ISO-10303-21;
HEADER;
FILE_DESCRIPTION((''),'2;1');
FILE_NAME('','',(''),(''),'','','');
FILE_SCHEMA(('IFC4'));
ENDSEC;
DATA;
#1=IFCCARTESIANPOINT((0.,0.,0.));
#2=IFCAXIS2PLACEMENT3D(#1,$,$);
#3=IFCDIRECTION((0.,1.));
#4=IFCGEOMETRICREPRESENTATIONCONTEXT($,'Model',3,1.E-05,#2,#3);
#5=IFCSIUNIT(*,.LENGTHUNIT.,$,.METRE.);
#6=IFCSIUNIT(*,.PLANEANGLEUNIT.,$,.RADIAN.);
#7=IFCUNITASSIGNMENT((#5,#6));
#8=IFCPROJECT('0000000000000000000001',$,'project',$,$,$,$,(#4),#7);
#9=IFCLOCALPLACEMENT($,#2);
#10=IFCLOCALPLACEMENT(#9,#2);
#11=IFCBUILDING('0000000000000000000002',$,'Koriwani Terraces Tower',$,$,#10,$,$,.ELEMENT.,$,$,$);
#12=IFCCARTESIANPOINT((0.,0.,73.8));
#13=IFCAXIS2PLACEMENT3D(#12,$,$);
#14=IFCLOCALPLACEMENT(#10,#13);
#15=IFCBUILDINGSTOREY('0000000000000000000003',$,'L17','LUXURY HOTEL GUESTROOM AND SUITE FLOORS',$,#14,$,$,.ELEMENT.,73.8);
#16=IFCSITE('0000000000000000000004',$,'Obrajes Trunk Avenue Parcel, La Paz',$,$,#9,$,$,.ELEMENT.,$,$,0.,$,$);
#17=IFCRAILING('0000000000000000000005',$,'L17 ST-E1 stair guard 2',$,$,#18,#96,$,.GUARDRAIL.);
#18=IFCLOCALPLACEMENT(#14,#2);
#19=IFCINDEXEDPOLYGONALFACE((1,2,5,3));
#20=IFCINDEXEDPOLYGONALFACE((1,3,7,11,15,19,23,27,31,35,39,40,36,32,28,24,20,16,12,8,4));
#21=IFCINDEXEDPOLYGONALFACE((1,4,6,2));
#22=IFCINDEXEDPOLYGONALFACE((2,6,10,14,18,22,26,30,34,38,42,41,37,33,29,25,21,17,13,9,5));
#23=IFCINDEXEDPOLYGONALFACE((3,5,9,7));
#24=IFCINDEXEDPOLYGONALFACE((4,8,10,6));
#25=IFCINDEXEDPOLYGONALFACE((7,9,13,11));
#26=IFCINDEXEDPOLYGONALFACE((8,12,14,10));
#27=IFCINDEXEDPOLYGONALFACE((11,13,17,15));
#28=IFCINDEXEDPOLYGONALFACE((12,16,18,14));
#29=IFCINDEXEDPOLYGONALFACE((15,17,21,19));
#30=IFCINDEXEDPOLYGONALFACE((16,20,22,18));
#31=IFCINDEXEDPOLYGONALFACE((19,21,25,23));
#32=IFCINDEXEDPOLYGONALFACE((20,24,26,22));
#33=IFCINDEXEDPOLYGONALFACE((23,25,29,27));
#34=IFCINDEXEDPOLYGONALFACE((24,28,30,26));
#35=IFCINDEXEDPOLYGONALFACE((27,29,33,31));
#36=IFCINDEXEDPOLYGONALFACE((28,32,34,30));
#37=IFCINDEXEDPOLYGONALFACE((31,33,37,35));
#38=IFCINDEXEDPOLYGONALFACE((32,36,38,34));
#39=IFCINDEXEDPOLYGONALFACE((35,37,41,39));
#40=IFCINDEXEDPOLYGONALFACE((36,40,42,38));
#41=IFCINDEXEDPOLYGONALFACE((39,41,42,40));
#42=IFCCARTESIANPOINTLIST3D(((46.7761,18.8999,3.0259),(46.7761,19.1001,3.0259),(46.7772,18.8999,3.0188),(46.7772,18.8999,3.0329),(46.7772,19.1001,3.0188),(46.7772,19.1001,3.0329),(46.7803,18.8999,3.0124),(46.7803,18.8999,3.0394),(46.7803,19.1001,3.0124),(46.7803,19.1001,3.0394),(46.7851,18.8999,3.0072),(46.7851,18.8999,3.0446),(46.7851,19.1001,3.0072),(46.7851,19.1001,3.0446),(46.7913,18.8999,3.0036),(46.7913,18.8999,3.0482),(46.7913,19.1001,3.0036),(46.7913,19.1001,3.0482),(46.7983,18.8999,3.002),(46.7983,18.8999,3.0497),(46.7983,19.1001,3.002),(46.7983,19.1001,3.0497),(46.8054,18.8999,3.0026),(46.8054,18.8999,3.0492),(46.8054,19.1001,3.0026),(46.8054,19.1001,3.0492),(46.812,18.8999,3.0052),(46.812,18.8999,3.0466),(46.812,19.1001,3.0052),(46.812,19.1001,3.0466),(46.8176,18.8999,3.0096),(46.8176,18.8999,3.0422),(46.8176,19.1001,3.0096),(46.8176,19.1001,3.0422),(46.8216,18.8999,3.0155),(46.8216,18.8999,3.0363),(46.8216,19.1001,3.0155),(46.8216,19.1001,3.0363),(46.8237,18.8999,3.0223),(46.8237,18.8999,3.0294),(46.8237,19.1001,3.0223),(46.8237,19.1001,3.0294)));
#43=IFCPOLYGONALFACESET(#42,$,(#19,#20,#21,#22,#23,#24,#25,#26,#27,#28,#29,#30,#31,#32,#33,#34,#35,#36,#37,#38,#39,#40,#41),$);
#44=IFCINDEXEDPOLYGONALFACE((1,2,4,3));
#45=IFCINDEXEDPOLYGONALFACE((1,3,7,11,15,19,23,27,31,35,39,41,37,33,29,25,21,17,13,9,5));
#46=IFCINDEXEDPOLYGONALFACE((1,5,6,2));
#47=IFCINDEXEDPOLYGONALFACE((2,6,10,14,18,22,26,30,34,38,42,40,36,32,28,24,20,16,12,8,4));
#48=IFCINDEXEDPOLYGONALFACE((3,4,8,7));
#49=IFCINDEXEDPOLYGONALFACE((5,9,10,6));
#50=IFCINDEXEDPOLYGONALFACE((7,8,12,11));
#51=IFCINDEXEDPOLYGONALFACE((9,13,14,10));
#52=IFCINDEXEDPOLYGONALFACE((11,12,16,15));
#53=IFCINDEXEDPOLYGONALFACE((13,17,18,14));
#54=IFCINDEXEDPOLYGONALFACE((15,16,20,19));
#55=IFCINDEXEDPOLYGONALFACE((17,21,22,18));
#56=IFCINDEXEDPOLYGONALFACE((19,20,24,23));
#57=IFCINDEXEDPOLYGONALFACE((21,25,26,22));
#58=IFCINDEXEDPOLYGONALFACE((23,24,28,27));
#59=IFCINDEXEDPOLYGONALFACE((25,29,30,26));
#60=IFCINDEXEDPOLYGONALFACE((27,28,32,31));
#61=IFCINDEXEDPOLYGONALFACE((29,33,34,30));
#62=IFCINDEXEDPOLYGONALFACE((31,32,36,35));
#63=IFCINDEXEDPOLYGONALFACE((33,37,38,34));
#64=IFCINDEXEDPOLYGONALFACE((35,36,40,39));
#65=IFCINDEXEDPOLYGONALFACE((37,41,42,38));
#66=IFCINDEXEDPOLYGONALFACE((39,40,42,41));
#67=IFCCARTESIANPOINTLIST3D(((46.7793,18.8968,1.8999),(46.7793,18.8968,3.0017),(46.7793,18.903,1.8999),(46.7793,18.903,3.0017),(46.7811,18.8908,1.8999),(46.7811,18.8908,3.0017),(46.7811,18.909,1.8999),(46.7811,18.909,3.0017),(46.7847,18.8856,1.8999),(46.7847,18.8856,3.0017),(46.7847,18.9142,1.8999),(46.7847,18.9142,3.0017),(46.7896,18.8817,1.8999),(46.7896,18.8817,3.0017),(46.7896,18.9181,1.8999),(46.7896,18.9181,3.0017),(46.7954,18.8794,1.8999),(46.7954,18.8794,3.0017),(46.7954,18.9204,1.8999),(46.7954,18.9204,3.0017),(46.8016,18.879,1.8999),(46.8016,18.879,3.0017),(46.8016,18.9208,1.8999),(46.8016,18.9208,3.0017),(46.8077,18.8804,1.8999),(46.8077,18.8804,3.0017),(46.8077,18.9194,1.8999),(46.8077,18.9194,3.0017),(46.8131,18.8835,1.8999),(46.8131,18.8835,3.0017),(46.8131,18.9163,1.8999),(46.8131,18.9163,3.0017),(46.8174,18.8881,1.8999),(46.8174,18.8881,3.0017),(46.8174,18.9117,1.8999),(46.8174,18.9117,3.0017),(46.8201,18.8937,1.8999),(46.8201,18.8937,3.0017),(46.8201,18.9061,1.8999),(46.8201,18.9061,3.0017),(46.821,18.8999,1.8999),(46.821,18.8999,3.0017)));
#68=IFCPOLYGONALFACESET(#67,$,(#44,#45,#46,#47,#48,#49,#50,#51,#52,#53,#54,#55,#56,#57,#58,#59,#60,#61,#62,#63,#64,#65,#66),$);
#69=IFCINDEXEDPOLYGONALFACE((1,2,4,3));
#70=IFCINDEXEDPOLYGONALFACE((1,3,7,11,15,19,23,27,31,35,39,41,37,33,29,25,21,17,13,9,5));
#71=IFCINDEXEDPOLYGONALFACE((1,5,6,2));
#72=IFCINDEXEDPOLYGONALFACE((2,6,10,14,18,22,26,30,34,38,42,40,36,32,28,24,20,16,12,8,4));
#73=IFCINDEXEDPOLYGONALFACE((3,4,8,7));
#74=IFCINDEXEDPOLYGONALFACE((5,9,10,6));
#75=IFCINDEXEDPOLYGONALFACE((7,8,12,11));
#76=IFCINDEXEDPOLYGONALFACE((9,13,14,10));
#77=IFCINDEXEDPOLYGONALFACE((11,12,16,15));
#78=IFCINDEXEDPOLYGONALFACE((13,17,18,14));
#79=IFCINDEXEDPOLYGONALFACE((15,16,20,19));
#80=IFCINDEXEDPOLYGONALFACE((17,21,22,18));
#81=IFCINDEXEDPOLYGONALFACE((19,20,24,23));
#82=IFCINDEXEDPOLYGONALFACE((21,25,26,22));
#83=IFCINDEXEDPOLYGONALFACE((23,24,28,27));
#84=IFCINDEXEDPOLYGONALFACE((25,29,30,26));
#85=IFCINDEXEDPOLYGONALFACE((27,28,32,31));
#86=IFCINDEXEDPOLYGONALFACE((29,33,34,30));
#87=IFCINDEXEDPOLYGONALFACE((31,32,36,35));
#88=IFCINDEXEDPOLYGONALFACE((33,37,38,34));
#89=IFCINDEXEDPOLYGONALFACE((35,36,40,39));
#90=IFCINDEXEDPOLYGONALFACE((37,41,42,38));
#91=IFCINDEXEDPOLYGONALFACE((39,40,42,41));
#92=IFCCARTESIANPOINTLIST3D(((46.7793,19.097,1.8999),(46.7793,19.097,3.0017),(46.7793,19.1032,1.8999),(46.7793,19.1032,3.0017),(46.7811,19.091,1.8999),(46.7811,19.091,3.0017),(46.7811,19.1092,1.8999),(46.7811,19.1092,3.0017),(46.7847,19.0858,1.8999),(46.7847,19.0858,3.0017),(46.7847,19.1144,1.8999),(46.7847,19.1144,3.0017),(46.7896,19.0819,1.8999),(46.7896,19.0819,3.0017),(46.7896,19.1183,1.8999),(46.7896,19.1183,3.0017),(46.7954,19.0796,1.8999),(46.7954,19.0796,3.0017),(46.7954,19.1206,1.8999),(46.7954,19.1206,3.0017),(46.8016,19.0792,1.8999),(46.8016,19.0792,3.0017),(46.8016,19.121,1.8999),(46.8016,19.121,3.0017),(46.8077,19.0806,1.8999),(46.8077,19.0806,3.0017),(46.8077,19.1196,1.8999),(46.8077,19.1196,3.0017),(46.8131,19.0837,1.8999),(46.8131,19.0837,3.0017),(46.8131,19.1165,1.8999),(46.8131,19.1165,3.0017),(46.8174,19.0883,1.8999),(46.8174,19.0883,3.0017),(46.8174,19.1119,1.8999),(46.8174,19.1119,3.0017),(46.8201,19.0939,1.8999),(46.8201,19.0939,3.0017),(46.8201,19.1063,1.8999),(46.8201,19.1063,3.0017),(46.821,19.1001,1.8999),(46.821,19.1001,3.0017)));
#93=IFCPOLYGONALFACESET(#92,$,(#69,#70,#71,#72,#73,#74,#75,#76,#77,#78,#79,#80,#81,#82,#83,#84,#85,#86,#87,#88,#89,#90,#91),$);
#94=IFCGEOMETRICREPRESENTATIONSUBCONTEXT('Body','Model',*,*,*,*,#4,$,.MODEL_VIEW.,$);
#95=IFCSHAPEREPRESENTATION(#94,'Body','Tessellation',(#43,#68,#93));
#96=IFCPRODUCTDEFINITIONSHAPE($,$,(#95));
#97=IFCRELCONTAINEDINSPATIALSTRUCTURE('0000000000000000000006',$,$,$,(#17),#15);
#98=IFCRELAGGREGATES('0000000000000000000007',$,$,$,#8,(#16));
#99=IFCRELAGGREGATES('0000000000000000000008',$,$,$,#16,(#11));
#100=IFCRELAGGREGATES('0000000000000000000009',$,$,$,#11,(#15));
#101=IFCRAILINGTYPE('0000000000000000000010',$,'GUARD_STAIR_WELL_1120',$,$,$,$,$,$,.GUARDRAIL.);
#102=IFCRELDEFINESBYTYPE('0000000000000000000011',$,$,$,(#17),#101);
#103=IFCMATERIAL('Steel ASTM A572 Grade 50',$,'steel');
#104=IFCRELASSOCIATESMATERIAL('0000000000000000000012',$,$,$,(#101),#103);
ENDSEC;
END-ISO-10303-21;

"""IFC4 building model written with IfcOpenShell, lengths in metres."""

from ifc_helpers import new_model, si_unit, direction, frame, origin, origin_2d, place, context, subcontext, project, spatial, circle, extrude, material, type_object, element, save


model = new_model("IFC4")

# Units and contexts
model_context = context("Model", 3, precision=1e-05, world=origin(), true_north=direction((0.0, 1.0)))
body_context = subcontext(model_context, "Body", "Model", "MODEL_VIEW")
ifc_project = project(units=[si_unit("LENGTHUNIT", "METRE"), si_unit("PLANEANGLEUNIT", "RADIAN")], contexts=[model_context])

# Site, building, storey
site_placement = place(None, origin())
site = spatial("IfcSite", under=ifc_project, at=site_placement, Name="Obrajes Trunk Avenue Parcel, La Paz", CompositionType="ELEMENT", RefElevation=0.0)
building_placement = place(site_placement, origin())
building = spatial("IfcBuilding", under=site, at=building_placement, Name="Koriwani Terraces Tower", CompositionType="ELEMENT")
storey_placement = place(building_placement, frame((0.0, 0.0, 73.8)))
storey = spatial("IfcBuildingStorey", under=building, at=storey_placement, Name="L17", Description="LUXURY HOTEL GUESTROOM AND SUITE FLOORS", CompositionType="ELEMENT", Elevation=73.8)

# Shared definitions
ifc_material_1 = material(Name="Steel ASTM A572 Grade 50", Category="steel")

# Railing
railing_type_1 = type_object("IfcRailingType", Name="GUARD_STAIR_WELL_1120", PredefinedType="GUARDRAIL", material=ifc_material_1)
railing_1_placement = place(storey_placement, frame((46.8, 18.8999, 1.8999)))
element("IfcRailing", 1, at=railing_1_placement, inside=storey, type_object=railing_type_1, Name="L17 ST-E1 stair guard 2", PredefinedType="GUARDRAIL", context=body_context, shape_type="SweptSolid", body=[
    extrude(circle(Radius=0.0239, at=origin_2d()), frame((0.0, 0.0, 1.126), z_axis=(0.0, 1.0, 0.0), x_axis=(-1.0, 0.0, 0.0)), (0.0, 0.0, 1.0), 0.2002),
    extrude(circle(Radius=0.021, at=origin_2d()), origin(), (0.0, 0.0, 1.0), 1.1018),
    extrude(circle(Radius=0.021, at=origin_2d()), frame((0.0, 0.2002, 0.0)), (0.0, 0.0, 1.0), 1.1018),
])

save(model, "model.ifc")
